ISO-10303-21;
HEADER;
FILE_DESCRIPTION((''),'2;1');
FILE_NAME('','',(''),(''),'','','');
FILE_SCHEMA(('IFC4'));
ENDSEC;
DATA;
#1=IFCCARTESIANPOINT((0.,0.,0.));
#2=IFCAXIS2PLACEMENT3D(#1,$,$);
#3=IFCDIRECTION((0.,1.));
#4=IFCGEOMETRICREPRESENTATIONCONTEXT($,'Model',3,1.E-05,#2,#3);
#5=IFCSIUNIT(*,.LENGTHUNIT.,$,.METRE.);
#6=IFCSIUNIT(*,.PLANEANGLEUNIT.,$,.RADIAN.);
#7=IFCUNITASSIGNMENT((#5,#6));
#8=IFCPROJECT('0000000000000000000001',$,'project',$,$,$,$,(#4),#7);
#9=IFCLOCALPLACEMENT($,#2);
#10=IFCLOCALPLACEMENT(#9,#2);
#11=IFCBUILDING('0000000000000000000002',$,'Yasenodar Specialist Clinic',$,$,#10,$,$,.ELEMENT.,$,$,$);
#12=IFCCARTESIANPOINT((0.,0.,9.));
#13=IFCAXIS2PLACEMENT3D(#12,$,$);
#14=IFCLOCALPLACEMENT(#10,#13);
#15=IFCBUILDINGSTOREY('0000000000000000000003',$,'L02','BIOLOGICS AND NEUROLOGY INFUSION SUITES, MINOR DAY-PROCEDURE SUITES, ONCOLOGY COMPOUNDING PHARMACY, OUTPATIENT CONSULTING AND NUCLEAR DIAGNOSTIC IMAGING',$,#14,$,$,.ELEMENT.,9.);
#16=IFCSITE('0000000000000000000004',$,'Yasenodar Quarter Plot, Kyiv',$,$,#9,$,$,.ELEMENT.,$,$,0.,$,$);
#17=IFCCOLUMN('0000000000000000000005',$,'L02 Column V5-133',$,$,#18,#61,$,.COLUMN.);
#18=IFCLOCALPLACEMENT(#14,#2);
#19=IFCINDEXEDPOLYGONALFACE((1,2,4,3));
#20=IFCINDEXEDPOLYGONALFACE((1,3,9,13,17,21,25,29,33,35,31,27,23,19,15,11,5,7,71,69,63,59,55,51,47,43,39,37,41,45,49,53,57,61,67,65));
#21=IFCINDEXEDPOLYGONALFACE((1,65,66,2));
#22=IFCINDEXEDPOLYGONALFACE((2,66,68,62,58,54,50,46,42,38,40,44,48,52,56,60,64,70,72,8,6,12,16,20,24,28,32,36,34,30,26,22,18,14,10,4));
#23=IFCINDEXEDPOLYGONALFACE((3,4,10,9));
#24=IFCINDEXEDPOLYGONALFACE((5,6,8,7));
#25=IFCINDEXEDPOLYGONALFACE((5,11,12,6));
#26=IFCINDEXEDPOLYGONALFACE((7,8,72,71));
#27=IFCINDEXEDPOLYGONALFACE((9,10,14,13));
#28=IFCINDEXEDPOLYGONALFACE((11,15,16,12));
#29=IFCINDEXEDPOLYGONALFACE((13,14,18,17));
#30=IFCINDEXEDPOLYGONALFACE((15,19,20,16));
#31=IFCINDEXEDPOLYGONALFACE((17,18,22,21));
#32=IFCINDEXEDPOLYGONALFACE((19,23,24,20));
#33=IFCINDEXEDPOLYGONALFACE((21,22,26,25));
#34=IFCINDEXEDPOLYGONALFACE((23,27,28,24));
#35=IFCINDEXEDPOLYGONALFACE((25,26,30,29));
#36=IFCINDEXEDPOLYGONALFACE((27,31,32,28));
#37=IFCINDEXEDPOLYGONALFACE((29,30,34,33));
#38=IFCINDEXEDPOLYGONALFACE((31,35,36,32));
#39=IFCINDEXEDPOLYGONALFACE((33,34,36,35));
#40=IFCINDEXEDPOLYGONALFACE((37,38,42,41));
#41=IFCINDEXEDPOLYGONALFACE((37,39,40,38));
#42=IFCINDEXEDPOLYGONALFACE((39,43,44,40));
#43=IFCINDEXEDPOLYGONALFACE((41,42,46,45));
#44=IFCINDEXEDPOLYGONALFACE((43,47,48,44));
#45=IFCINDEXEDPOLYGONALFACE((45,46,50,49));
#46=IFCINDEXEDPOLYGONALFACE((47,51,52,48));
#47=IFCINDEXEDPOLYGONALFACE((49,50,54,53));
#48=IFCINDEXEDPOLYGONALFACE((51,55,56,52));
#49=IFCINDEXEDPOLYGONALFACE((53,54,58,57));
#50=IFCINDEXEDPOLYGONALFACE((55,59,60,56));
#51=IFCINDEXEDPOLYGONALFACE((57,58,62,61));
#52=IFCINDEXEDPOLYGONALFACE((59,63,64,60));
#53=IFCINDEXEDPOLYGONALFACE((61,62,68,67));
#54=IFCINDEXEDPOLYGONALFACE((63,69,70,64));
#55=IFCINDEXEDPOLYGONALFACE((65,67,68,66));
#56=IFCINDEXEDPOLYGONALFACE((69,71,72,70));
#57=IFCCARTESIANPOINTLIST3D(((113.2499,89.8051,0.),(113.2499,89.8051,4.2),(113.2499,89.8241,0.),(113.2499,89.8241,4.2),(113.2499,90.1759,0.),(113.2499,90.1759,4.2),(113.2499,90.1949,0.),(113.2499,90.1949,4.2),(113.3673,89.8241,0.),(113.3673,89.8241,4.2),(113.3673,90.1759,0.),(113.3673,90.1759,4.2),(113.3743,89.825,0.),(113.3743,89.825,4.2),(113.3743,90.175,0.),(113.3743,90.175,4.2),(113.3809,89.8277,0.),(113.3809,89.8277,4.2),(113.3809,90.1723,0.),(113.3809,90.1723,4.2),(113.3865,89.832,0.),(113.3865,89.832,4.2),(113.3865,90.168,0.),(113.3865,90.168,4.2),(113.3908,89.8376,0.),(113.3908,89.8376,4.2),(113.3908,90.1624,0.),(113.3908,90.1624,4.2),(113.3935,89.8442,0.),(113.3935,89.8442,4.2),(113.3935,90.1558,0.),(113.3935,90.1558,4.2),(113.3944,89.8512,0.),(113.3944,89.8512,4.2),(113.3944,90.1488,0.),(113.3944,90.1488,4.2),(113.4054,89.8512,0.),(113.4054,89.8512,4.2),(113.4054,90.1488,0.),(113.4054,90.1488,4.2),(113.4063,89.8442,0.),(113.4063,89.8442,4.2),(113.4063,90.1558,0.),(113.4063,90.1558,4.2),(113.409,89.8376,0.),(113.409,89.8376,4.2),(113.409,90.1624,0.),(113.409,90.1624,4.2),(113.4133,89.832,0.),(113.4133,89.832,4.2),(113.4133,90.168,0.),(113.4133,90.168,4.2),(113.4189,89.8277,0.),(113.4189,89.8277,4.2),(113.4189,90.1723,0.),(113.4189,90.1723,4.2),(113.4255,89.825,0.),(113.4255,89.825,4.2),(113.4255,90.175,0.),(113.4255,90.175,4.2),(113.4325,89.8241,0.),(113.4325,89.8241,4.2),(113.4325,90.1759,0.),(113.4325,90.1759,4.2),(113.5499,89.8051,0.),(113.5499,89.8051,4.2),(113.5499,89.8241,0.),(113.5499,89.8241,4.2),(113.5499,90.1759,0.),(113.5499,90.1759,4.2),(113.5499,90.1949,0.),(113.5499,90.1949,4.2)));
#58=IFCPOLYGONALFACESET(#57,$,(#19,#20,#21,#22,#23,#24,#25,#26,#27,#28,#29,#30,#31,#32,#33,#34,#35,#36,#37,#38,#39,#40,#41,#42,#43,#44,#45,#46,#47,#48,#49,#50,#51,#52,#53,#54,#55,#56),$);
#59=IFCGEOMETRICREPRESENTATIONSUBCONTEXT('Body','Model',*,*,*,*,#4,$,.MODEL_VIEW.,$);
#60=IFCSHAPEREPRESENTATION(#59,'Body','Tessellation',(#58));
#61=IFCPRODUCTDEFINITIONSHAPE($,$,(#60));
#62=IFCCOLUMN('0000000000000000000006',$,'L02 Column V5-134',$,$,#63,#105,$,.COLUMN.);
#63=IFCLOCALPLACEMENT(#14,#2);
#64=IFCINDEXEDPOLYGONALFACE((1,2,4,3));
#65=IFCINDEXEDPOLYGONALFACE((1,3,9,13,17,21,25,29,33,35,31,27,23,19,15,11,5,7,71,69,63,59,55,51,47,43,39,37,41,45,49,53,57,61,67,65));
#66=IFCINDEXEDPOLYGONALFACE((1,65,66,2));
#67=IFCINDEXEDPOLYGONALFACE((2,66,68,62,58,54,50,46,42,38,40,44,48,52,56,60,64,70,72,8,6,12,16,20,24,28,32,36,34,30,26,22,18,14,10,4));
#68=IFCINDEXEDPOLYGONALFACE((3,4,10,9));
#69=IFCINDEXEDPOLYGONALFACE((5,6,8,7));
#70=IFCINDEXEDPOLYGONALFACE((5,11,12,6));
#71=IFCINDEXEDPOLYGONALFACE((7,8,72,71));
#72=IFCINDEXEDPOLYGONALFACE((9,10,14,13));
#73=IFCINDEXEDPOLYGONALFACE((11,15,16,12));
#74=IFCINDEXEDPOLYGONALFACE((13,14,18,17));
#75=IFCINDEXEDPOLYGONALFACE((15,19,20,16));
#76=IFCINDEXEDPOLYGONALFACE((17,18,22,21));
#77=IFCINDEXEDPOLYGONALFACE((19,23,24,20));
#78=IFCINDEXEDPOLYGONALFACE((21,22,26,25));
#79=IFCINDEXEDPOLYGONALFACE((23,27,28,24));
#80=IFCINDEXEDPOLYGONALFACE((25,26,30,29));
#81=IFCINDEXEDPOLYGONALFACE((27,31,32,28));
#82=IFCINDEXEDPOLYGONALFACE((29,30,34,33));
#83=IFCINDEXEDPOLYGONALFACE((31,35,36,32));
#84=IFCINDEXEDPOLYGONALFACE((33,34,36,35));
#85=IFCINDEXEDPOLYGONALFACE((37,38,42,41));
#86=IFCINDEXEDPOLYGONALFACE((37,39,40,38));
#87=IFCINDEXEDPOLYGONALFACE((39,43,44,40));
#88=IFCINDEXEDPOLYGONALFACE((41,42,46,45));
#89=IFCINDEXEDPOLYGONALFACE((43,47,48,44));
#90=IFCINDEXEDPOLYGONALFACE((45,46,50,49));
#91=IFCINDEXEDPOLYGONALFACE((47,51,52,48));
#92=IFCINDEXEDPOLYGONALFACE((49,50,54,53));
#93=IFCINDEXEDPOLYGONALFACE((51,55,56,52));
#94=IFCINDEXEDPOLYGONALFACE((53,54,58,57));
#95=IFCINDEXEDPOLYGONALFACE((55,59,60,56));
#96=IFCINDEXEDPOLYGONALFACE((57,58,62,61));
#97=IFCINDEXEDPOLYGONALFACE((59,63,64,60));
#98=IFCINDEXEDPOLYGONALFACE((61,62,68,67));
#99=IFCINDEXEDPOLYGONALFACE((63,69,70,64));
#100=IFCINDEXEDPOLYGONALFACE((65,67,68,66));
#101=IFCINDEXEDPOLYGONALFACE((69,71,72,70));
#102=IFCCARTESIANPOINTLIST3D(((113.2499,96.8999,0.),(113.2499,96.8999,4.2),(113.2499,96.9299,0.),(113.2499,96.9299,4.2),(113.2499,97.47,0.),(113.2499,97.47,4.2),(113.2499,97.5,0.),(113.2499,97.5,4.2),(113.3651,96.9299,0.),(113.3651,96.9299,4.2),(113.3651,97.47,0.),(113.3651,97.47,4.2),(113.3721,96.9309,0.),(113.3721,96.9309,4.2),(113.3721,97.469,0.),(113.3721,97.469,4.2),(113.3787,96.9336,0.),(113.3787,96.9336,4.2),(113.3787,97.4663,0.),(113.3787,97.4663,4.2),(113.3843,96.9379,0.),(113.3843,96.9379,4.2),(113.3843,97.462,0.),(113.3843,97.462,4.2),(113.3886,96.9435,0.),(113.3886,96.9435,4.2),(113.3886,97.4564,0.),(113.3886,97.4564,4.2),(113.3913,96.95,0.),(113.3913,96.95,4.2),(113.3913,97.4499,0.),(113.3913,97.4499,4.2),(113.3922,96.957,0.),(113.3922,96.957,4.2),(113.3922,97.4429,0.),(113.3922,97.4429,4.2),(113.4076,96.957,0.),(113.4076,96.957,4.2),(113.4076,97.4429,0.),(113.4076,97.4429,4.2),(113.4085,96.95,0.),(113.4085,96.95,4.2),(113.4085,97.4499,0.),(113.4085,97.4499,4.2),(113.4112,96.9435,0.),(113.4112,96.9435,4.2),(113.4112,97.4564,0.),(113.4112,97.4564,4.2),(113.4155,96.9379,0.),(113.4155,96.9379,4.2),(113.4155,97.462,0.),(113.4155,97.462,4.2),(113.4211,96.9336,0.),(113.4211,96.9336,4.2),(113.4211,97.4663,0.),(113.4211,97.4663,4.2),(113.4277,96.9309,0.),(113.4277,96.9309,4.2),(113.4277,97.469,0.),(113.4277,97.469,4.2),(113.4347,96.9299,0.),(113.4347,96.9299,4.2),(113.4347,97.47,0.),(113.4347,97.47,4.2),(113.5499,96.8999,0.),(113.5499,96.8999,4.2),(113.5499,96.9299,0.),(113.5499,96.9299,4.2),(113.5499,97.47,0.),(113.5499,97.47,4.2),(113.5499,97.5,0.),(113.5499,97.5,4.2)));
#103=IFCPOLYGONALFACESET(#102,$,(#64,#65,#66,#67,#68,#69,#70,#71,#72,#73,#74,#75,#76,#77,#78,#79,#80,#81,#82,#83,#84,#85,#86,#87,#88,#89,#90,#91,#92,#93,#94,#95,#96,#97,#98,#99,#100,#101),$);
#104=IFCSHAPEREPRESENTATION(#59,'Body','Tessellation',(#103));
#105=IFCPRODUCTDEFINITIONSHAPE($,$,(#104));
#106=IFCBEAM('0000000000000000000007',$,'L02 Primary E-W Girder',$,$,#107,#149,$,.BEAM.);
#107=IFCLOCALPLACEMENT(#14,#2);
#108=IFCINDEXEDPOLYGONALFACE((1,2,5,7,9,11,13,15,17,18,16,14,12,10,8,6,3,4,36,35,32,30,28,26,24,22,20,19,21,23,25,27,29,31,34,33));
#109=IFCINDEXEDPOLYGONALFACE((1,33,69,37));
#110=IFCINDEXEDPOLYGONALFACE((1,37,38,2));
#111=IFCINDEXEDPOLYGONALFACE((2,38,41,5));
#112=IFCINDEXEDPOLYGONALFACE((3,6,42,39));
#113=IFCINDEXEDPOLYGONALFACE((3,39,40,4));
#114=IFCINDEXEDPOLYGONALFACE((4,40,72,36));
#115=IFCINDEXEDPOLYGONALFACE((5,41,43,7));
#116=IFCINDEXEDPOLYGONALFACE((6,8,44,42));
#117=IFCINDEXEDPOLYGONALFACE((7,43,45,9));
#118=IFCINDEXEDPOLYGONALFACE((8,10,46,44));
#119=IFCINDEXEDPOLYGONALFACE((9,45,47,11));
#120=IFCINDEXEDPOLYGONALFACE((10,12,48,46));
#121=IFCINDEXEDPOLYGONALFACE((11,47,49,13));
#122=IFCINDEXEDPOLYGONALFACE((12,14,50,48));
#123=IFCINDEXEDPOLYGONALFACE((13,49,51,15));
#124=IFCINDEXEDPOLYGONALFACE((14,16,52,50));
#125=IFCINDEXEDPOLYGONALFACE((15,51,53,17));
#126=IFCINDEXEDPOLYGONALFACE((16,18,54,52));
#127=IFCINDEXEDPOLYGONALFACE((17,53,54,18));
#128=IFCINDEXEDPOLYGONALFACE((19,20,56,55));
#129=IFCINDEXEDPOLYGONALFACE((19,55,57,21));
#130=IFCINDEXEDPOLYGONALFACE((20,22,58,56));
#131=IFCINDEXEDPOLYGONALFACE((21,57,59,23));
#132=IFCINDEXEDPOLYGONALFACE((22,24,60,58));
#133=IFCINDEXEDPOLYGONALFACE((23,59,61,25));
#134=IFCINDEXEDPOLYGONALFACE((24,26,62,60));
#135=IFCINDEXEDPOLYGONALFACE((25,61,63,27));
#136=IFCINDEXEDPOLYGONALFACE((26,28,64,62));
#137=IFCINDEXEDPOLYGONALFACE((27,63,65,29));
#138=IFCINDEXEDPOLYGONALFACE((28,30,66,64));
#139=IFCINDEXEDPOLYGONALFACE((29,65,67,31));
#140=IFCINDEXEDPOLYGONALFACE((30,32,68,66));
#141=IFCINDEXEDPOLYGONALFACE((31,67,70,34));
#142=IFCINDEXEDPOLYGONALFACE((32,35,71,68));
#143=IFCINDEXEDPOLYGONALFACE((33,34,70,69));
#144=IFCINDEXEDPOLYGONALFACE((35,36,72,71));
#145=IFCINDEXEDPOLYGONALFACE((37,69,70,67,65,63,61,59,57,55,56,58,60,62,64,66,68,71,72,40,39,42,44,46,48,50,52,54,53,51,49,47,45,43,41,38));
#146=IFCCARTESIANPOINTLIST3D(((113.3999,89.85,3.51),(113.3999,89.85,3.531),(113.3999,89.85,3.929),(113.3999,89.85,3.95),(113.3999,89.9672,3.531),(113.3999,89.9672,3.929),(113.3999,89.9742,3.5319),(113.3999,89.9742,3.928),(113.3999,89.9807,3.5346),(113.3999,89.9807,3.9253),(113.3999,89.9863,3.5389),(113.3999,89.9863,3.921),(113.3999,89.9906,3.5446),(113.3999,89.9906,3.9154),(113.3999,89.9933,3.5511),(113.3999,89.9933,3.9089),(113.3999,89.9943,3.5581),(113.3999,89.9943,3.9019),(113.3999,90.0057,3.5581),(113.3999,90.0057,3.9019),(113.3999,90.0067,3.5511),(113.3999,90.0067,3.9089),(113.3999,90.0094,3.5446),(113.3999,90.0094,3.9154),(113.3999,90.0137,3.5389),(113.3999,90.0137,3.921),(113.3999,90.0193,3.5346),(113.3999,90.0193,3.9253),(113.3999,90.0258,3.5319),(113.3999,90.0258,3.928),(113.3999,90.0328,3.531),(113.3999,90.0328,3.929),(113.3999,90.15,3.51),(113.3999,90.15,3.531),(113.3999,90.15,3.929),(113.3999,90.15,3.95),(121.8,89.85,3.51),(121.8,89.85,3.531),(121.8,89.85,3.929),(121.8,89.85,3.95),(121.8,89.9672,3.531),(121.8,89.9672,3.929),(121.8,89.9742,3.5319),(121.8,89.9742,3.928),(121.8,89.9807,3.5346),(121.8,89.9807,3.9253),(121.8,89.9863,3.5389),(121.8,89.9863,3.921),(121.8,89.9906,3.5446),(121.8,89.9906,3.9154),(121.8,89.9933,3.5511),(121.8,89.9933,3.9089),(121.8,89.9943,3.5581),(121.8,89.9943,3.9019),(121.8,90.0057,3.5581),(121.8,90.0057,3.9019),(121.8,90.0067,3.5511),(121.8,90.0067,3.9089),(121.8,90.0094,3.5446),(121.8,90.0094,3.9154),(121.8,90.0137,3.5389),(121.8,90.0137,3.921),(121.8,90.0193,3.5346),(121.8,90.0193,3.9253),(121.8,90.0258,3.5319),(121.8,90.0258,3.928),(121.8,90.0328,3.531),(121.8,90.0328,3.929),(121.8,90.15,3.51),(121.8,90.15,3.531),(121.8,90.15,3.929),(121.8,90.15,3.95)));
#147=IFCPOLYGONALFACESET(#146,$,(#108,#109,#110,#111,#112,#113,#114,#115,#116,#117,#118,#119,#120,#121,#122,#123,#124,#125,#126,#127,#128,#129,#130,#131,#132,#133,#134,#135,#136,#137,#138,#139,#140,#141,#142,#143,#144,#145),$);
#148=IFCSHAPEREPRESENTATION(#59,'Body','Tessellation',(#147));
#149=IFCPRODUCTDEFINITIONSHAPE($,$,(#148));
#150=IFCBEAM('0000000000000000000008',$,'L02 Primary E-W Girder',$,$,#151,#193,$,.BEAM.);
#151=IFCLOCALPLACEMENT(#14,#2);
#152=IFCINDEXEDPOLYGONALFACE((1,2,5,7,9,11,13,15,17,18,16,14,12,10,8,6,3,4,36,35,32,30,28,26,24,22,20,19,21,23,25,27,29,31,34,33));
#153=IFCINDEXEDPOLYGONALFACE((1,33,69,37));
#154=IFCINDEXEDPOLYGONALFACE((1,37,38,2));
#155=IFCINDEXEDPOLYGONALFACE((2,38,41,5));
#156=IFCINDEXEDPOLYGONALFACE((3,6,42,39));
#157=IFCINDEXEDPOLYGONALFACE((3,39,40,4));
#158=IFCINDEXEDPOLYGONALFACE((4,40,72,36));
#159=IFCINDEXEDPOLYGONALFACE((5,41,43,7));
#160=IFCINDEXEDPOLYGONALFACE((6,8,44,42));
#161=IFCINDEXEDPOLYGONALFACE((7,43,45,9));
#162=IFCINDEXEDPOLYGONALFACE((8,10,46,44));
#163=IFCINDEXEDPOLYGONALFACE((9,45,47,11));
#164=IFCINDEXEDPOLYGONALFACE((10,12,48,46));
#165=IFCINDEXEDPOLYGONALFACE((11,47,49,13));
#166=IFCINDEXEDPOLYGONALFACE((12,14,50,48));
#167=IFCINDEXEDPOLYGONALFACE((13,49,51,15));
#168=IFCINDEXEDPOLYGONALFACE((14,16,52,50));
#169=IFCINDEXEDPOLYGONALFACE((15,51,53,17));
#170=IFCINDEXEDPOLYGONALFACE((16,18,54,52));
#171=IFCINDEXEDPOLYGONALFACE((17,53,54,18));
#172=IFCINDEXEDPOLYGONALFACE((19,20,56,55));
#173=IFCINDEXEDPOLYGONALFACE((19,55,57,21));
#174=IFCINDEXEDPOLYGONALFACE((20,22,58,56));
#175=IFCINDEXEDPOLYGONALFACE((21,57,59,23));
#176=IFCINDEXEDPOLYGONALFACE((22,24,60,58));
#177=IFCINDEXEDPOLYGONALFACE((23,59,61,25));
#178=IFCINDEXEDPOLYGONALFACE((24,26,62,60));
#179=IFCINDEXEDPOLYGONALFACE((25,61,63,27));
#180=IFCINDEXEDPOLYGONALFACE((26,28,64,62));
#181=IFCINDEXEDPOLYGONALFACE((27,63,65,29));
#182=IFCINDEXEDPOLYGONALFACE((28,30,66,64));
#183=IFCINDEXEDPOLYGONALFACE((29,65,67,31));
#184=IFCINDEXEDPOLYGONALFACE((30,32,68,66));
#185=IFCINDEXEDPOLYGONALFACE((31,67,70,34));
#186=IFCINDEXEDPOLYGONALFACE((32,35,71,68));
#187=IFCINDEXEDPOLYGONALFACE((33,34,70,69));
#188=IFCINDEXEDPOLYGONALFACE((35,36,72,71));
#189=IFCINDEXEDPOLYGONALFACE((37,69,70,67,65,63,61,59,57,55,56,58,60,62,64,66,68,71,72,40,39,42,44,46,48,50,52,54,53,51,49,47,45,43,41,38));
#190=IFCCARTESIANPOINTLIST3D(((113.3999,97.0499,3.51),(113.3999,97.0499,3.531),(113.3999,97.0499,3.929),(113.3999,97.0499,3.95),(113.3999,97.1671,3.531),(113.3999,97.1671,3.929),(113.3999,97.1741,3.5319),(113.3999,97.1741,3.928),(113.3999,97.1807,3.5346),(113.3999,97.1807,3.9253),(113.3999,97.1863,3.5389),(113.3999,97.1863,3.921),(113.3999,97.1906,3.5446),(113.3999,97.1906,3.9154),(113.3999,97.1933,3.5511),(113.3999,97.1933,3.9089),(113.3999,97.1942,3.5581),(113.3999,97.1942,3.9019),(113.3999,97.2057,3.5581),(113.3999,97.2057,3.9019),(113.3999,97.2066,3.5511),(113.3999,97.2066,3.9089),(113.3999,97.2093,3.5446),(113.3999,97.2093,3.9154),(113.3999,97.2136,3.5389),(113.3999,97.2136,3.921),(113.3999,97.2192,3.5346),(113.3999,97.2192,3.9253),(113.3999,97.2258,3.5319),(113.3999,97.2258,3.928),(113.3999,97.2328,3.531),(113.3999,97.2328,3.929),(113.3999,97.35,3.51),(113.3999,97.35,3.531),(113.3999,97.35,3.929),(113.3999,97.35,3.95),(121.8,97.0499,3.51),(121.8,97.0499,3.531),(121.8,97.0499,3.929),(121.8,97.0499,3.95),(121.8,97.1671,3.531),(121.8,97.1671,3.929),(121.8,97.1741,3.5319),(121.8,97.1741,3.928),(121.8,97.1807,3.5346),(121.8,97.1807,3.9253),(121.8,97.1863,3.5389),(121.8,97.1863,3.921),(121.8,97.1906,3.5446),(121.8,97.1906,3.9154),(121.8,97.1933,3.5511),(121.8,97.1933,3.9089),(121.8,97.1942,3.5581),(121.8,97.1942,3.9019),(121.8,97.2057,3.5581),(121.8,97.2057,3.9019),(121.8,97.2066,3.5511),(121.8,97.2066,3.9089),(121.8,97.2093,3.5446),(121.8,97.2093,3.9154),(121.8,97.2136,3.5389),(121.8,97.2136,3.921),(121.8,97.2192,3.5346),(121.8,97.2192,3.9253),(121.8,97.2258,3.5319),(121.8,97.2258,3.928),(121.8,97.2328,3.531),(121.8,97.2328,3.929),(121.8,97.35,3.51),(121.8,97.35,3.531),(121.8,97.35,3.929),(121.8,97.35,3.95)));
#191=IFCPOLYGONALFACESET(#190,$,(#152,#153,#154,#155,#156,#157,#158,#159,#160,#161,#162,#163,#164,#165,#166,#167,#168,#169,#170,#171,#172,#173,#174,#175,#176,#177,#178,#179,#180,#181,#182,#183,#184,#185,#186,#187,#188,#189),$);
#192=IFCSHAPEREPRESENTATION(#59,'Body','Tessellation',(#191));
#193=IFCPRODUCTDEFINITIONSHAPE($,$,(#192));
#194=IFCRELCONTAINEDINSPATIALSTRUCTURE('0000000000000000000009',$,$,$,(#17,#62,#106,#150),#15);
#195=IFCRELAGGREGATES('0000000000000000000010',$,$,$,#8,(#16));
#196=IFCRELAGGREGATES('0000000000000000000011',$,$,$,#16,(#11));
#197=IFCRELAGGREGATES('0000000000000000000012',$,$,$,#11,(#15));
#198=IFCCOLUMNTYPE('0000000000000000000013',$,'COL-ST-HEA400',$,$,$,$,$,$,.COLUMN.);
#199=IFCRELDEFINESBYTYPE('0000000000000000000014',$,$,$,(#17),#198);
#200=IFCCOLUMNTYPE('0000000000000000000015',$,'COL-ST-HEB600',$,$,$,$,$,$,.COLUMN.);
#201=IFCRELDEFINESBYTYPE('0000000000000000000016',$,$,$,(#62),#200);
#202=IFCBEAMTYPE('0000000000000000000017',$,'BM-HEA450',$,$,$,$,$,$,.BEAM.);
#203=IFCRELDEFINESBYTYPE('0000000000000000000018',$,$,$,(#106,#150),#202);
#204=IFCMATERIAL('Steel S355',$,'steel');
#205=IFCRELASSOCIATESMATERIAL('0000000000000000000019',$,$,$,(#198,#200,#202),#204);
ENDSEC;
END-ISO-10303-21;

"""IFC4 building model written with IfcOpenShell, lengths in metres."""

from ifc_helpers import new_model, si_unit, direction, frame, origin, origin_2d, place, context, subcontext, project, spatial, i_section, extrude, material, material_profile, profile_set, type_object, element, save


model = new_model("IFC4")

# Units and contexts
model_context = context("Model", 3, precision=1e-05, world=origin(), true_north=direction((0.0, 1.0)))
body_context = subcontext(model_context, "Body", "Model", "MODEL_VIEW")
ifc_project = project(units=[si_unit("LENGTHUNIT", "METRE"), si_unit("PLANEANGLEUNIT", "RADIAN")], contexts=[model_context])

# Site, building, storey
site_placement = place(None, origin())
site = spatial("IfcSite", under=ifc_project, at=site_placement, Name="Yasenodar Quarter Plot, Kyiv", CompositionType="ELEMENT", RefElevation=0.0)
building_placement = place(site_placement, origin())
building = spatial("IfcBuilding", under=site, at=building_placement, Name="Yasenodar Specialist Clinic", CompositionType="ELEMENT")
storey_placement = place(building_placement, frame((0.0, 0.0, 9.0)))
storey = spatial("IfcBuildingStorey", under=building, at=storey_placement, Name="L02", Description="BIOLOGICS AND NEUROLOGY INFUSION SUITES, MINOR DAY-PROCEDURE SUITES, ONCOLOGY COMPOUNDING PHARMACY, OUTPATIENT CONSULTING AND NUCLEAR DIAGNOSTIC IMAGING", CompositionType="ELEMENT", Elevation=9.0)

# Columns
ifc_material_1 = material(Name="Steel S355", Category="steel")
ifc_material_profile_1 = material_profile(ifc_material_1, i_section(OverallWidth=0.3, OverallDepth=0.3899, WebThickness=0.011, FlangeThickness=0.019, FilletRadius=0.0271, at=origin_2d()), Name="HEA 400")
ifc_profile_set_1 = profile_set([ifc_material_profile_1], Name="Steel S355")
column_type_1 = type_object("IfcColumnType", Name="COL-ST-HEA400", PredefinedType="COLUMN", material=ifc_profile_set_1)
column_1_placement = place(storey_placement, frame((113.3999, 90.0, 0.0), z_axis=(0.0, 0.0, 1.0), x_axis=(1.0, 0.0, 0.0)))
element("IfcColumn", 1, at=column_1_placement, inside=storey, type_object=column_type_1, Name="L02 Column V5-133", PredefinedType="COLUMN", context=body_context, shape_type="SweptSolid", body=[
    extrude(i_section(OverallWidth=0.3, OverallDepth=0.3899, WebThickness=0.011, FlangeThickness=0.019, FilletRadius=0.0271, at=origin_2d()), origin(), (0.0, 0.0, 1.0), 4.2),
])
ifc_material_profile_2 = material_profile(ifc_material_1, i_section(OverallWidth=0.3, OverallDepth=0.6001, WebThickness=0.0154, FlangeThickness=0.03, FilletRadius=0.0271, at=origin_2d()), Name="HEB 600")
ifc_profile_set_2 = profile_set([ifc_material_profile_2], Name="Steel S355")
column_type_2 = type_object("IfcColumnType", Name="COL-ST-HEB600", PredefinedType="COLUMN", material=ifc_profile_set_2)
column_2_placement = place(storey_placement, frame((113.3999, 97.2, 0.0), z_axis=(0.0, 0.0, 1.0), x_axis=(1.0, 0.0, 0.0)))
element("IfcColumn", 2, at=column_2_placement, inside=storey, type_object=column_type_2, Name="L02 Column V5-134", PredefinedType="COLUMN", context=body_context, shape_type="SweptSolid", body=[
    extrude(i_section(OverallWidth=0.3, OverallDepth=0.6001, WebThickness=0.0154, FlangeThickness=0.03, FilletRadius=0.0271, at=origin_2d()), origin(), (0.0, 0.0, 1.0), 4.2),
])

# Beams
ifc_material_profile_3 = material_profile(ifc_material_1, i_section(OverallWidth=0.3, OverallDepth=0.4399, WebThickness=0.0115, FlangeThickness=0.021, FilletRadius=0.0271, at=origin_2d()), Name="HEA 450")
ifc_profile_set_3 = profile_set([ifc_material_profile_3], Name="Steel S355")
beam_type_1 = type_object("IfcBeamType", Name="BM-HEA450", PredefinedType="BEAM", material=ifc_profile_set_3)
for number, where, z_axis, x_axis, name in (
    (3, (113.3999, 90.0, 3.73), (1.0, 0.0, 0.0), (0.0, 1.0, 0.0), "L02 Primary E-W Girder"),
    (4, (113.3999, 97.2, 3.73), (1.0, 0.0, 0.0), (0.0, 1.0, 0.0), "L02 Primary E-W Girder"),
):
    element("IfcBeam", number, at=place(storey_placement, frame(where, z_axis=z_axis, x_axis=x_axis)), inside=storey, type_object=beam_type_1, Name=name, PredefinedType="BEAM", context=body_context, shape_type="SweptSolid", body=[
        extrude(i_section(OverallWidth=0.3, OverallDepth=0.4399, WebThickness=0.0115, FlangeThickness=0.021, FilletRadius=0.0271, at=origin_2d()), origin(), (0.0, 0.0, 1.0), 8.4001),
    ])

save(model, "model.ifc")
